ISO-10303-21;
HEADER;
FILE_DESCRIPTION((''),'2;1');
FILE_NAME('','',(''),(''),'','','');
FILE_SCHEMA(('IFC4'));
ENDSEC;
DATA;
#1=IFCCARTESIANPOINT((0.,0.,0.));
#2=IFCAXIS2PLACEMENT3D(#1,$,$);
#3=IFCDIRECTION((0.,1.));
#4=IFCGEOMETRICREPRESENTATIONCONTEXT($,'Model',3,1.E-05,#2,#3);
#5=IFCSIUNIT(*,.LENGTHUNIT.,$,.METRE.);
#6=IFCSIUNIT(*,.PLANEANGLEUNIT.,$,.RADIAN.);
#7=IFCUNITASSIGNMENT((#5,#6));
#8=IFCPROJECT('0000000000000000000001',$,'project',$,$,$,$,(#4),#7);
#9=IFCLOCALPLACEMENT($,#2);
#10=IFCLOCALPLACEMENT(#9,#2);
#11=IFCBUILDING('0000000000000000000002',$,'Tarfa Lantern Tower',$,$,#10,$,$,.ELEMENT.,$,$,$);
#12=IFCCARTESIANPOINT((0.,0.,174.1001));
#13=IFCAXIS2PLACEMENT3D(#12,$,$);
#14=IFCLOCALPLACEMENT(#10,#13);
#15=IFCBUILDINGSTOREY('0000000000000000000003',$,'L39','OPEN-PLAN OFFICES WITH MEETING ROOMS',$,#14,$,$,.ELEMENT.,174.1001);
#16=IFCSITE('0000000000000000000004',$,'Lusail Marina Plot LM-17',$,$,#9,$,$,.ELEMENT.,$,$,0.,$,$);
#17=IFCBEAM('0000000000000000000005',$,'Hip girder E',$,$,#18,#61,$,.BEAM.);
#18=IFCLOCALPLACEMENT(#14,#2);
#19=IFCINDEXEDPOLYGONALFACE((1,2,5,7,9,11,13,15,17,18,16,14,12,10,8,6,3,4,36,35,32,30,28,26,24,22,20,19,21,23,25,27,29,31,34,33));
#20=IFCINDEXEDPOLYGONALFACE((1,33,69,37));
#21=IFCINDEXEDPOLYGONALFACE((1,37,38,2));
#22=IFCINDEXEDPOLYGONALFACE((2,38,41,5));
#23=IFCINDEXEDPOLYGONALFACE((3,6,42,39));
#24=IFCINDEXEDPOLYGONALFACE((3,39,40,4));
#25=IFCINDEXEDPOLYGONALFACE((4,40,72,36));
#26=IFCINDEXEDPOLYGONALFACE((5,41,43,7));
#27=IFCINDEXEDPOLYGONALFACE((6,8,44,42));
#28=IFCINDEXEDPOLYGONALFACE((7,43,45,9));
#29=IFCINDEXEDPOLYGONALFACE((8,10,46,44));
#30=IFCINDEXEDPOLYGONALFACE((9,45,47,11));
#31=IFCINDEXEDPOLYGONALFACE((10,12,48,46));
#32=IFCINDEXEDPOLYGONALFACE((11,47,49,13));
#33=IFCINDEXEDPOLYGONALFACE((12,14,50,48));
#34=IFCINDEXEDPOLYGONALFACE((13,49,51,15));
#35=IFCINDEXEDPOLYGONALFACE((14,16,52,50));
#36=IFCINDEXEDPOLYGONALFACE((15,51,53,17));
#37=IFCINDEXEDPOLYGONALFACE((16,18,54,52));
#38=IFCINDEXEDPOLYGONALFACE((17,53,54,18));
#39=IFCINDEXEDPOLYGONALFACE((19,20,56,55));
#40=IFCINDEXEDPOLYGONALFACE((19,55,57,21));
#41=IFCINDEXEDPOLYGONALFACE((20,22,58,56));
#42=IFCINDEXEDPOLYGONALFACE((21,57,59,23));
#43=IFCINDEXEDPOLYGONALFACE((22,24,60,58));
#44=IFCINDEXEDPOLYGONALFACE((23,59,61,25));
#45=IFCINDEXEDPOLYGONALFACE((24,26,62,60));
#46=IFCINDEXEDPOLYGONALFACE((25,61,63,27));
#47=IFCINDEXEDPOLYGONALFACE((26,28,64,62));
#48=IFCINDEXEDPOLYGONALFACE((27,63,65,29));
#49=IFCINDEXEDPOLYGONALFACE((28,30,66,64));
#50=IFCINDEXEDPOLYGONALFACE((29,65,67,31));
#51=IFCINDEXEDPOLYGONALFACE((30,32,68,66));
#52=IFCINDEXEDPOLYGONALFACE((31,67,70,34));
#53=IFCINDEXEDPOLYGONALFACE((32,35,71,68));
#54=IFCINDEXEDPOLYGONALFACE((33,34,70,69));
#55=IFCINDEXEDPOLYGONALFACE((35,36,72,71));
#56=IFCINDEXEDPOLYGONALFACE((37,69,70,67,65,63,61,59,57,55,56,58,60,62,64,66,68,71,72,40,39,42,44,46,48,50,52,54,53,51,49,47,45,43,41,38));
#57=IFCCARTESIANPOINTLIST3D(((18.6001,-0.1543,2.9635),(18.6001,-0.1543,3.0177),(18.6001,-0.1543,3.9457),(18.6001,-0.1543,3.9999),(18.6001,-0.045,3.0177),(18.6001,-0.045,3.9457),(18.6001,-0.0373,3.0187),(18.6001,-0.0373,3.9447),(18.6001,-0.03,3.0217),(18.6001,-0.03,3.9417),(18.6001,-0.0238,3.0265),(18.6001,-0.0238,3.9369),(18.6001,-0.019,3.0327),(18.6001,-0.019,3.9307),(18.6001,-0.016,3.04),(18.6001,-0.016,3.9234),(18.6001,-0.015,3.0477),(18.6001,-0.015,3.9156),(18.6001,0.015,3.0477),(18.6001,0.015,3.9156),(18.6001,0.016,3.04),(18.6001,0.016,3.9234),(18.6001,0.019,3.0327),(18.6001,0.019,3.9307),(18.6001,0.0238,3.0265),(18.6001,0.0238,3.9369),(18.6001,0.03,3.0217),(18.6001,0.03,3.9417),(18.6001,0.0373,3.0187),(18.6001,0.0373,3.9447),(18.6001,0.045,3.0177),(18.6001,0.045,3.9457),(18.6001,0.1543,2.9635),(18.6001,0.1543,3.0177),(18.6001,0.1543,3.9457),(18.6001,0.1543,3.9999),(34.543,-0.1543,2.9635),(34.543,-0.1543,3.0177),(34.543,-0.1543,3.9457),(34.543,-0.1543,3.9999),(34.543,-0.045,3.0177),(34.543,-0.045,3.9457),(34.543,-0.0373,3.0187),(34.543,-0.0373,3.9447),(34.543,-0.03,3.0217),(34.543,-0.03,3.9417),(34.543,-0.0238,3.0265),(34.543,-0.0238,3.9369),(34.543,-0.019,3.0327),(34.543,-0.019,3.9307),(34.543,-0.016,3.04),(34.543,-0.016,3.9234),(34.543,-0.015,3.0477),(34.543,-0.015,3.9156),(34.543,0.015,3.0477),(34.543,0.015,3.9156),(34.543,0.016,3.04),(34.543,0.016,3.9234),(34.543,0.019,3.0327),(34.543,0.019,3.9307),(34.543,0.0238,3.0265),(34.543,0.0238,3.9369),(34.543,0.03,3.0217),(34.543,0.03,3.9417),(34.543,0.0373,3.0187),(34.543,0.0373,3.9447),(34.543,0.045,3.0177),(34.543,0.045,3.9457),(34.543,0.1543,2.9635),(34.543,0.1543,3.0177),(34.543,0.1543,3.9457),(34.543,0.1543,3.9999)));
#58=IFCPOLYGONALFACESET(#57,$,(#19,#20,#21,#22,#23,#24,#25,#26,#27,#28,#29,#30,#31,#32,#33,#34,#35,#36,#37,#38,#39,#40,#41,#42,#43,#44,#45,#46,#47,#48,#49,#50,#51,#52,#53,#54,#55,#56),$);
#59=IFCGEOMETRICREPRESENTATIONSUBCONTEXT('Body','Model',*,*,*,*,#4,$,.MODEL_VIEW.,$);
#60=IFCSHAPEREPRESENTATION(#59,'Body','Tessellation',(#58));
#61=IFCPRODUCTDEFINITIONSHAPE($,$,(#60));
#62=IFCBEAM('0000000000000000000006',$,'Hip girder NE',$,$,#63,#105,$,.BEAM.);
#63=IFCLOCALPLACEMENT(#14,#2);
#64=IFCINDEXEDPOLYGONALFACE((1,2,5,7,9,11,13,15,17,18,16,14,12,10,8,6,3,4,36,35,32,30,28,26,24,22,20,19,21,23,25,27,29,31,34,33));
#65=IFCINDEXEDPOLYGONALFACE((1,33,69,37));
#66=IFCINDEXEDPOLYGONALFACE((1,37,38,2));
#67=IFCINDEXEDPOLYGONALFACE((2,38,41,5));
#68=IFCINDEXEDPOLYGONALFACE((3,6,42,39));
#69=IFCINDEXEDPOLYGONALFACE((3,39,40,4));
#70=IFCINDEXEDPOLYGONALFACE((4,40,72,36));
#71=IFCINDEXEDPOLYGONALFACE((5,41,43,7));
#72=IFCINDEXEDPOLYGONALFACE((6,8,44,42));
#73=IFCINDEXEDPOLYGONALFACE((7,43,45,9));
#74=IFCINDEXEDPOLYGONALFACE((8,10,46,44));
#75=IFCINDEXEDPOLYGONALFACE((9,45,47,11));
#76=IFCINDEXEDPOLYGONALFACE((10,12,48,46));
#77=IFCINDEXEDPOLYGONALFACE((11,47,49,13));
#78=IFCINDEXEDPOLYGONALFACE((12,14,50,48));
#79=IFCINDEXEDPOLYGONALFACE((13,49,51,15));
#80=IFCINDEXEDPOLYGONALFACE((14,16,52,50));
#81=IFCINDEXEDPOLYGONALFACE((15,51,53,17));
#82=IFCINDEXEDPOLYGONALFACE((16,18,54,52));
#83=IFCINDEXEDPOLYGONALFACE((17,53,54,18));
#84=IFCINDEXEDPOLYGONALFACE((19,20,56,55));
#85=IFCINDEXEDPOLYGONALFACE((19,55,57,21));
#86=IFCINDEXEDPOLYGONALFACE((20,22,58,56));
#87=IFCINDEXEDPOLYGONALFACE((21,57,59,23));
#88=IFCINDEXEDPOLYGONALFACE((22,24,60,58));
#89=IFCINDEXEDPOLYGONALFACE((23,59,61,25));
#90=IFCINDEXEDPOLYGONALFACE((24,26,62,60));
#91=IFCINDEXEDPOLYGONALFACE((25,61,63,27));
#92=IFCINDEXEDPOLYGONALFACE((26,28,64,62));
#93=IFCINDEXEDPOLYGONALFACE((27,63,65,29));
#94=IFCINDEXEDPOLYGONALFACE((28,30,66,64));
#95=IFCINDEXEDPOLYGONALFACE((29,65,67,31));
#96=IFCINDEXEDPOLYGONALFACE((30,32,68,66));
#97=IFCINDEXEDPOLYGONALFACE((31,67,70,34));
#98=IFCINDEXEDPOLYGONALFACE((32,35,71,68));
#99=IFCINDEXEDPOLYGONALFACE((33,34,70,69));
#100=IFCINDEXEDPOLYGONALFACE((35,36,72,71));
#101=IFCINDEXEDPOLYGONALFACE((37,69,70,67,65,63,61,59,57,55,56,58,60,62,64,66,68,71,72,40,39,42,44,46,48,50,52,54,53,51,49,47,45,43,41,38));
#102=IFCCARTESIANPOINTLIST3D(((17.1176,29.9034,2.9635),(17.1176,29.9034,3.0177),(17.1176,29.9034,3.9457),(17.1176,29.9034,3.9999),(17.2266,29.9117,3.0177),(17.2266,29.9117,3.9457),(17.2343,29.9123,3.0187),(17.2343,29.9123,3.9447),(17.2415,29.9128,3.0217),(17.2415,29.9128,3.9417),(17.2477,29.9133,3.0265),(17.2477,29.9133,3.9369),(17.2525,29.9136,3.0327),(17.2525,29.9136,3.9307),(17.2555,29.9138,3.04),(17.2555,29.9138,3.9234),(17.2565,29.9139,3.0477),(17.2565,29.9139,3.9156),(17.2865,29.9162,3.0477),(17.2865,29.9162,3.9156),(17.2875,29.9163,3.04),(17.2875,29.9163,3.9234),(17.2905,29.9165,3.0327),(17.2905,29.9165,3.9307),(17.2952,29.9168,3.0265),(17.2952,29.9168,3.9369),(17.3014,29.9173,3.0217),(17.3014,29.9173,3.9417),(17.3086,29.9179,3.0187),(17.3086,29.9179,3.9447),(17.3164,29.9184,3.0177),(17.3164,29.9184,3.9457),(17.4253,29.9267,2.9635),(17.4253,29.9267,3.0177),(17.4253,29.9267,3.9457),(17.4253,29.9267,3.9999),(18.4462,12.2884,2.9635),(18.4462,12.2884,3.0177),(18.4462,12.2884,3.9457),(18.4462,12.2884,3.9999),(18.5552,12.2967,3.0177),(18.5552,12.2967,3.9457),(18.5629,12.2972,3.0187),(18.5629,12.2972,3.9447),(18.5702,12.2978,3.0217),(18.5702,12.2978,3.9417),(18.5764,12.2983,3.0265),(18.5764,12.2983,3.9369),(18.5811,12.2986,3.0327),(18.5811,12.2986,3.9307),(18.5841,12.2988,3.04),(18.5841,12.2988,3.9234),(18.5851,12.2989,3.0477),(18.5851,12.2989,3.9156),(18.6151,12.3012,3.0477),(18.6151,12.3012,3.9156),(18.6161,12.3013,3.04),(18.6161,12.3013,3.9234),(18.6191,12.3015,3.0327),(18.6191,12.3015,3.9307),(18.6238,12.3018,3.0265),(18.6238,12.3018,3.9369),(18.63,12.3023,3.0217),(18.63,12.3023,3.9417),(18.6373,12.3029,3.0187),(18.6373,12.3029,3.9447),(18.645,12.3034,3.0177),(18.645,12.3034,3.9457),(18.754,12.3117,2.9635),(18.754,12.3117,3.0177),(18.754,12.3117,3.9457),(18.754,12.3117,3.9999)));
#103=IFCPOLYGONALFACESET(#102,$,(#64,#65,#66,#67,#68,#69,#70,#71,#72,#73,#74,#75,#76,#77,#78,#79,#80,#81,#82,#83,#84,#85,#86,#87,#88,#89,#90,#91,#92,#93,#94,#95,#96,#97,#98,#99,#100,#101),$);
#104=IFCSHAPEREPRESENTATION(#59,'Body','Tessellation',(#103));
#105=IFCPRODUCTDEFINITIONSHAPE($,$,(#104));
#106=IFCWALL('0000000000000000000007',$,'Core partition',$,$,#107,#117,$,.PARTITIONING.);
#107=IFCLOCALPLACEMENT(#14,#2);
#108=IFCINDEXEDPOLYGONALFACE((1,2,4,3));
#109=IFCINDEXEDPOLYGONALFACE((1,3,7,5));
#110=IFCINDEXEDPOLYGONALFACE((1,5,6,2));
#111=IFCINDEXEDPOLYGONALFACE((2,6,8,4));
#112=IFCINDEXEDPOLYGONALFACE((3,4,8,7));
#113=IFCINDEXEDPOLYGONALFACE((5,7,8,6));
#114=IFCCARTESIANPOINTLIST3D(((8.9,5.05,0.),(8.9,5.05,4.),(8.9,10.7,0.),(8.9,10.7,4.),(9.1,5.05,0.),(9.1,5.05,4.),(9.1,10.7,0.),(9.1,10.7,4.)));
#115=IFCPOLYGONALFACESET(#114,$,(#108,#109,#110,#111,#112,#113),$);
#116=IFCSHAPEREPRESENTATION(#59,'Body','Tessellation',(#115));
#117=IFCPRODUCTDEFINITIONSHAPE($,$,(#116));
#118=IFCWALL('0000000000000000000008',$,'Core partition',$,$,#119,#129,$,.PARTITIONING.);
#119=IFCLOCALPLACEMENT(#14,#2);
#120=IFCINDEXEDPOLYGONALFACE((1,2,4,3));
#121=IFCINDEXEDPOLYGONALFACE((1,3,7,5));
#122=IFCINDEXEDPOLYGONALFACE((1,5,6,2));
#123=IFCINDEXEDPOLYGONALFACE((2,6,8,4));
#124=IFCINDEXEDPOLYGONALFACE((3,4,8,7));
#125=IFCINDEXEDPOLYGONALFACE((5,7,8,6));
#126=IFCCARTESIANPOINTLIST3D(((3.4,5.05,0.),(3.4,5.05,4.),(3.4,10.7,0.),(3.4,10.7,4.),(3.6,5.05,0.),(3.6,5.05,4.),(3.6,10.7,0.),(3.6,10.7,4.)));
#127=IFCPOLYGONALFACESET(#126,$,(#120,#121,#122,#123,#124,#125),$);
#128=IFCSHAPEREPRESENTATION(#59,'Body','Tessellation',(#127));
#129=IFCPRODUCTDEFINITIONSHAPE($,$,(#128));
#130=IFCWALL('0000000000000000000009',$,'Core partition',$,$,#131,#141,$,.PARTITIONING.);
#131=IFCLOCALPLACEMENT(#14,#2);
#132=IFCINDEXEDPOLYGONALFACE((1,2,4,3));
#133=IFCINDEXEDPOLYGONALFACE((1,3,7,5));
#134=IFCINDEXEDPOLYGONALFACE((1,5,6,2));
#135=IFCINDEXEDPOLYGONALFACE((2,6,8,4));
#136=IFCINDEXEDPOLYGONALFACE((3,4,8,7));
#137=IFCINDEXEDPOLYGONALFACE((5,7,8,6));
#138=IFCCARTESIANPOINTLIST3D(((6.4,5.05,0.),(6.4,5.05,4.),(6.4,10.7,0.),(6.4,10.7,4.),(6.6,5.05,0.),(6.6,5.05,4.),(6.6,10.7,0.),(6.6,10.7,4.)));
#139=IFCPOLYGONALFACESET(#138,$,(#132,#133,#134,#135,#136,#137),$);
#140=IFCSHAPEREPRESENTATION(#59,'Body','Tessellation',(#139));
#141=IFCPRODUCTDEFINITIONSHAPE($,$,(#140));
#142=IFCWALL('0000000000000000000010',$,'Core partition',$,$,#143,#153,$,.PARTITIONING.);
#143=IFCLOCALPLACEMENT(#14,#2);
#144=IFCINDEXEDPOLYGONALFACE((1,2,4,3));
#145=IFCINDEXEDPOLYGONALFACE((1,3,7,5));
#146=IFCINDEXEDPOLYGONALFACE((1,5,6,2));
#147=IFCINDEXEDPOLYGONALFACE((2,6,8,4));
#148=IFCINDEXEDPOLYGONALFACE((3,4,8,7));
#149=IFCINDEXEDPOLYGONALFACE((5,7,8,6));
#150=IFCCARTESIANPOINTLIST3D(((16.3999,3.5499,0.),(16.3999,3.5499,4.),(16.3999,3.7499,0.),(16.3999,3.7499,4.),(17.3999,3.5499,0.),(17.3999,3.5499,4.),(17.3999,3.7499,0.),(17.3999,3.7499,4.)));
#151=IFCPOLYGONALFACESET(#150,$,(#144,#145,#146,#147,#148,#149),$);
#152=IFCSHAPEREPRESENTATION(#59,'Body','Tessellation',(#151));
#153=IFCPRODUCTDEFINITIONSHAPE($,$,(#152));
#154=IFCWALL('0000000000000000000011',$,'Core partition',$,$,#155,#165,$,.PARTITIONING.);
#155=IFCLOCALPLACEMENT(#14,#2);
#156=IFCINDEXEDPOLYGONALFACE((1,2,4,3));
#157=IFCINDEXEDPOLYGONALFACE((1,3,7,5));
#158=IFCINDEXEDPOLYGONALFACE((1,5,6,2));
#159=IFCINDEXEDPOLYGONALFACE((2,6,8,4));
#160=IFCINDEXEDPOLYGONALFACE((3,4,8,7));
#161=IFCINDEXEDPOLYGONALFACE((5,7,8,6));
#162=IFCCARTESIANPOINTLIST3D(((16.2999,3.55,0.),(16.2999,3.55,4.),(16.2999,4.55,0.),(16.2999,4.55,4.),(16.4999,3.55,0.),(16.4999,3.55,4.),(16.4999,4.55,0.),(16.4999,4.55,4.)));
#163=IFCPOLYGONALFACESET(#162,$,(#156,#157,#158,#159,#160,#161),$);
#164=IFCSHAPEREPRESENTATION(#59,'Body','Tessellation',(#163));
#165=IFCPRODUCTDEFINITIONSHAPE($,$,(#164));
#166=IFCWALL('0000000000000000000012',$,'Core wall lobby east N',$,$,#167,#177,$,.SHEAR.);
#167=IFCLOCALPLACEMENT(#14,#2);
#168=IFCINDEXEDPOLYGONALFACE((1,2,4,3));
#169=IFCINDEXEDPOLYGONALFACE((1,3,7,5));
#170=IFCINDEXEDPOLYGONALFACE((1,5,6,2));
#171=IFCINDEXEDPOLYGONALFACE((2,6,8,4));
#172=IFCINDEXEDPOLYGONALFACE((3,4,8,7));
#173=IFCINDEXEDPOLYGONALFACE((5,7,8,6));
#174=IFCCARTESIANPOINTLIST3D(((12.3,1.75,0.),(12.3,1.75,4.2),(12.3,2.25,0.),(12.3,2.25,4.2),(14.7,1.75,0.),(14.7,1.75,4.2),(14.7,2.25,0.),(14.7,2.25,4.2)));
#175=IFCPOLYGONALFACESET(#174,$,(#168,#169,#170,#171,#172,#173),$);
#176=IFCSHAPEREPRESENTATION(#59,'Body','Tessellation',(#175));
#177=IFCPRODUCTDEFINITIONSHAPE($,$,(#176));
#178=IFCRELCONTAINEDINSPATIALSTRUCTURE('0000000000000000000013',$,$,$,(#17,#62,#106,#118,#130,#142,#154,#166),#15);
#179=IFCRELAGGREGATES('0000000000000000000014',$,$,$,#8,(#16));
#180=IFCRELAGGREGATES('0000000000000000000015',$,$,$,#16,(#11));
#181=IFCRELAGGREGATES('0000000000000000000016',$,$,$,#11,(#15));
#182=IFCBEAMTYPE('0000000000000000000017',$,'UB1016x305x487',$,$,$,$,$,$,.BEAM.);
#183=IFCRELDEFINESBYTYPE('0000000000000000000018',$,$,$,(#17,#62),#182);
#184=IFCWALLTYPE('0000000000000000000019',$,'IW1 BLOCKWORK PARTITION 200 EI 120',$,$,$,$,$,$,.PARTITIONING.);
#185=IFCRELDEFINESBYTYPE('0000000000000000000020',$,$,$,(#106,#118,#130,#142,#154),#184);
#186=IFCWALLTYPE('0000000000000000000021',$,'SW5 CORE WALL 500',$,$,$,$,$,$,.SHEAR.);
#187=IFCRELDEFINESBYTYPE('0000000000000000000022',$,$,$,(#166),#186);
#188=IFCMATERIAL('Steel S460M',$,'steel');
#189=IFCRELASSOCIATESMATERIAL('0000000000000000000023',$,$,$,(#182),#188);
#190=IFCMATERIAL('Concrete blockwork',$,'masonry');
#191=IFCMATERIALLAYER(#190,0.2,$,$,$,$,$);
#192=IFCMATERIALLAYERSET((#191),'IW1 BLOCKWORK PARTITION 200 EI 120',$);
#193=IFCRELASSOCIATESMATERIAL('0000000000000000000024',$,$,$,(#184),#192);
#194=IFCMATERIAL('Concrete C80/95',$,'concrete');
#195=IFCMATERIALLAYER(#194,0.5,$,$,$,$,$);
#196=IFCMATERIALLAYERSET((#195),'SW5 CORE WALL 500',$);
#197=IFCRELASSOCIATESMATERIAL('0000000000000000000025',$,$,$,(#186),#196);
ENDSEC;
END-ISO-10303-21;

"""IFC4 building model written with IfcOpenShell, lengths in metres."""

from ifc_helpers import new_model, si_unit, direction, frame, frame_2d, origin, origin_2d, place, context, subcontext, project, spatial, rectangle, i_section, extrude, material, layer, layer_set, material_profile, profile_set, type_object, element, save


model = new_model("IFC4")

# Units and contexts
model_context = context("Model", 3, precision=1e-05, world=origin(), true_north=direction((0.0, 1.0)))
body_context = subcontext(model_context, "Body", "Model", "MODEL_VIEW")
ifc_project = project(units=[si_unit("LENGTHUNIT", "METRE"), si_unit("PLANEANGLEUNIT", "RADIAN")], contexts=[model_context])

# Site, building, storey
site_placement = place(None, origin())
site = spatial("IfcSite", under=ifc_project, at=site_placement, Name="Lusail Marina Plot LM-17", CompositionType="ELEMENT", RefElevation=0.0)
building_placement = place(site_placement, origin())
building = spatial("IfcBuilding", under=site, at=building_placement, Name="Tarfa Lantern Tower", CompositionType="ELEMENT")
storey_placement = place(building_placement, frame((0.0, 0.0, 174.1001)))
storey = spatial("IfcBuildingStorey", under=building, at=storey_placement, Name="L39", Description="OPEN-PLAN OFFICES WITH MEETING ROOMS", CompositionType="ELEMENT", Elevation=174.1001)

# Beams
ifc_material_1 = material(Name="Steel S460M", Category="steel")
ifc_material_profile = material_profile(ifc_material_1, i_section(OverallWidth=0.3086, OverallDepth=1.0364, WebThickness=0.03, FlangeThickness=0.0542, FilletRadius=0.03, at=origin_2d()), Name="UB1016x305x487")
ifc_profile_set = profile_set([ifc_material_profile], Name="Steel S460M")
beam_type = type_object("IfcBeamType", Name="UB1016x305x487", PredefinedType="BEAM", material=ifc_profile_set)
beam_1_placement = place(storey_placement, frame((18.6001, 0.0, 3.4817), z_axis=(1.0, 0.0, 0.0), x_axis=(0.0, 1.0, 0.0)))
element("IfcBeam", 1, at=beam_1_placement, inside=storey, type_object=beam_type, Name="Hip girder E", PredefinedType="BEAM", context=body_context, shape_type="SweptSolid", body=[
    extrude(i_section(OverallWidth=0.3086, OverallDepth=1.0364, WebThickness=0.03, FlangeThickness=0.0542, FilletRadius=0.03, at=origin_2d()), origin(), (0.0, 0.0, 1.0), 15.9429),
])
beam_2_placement = place(storey_placement, frame((18.6001, 12.3, 3.4817), z_axis=(-0.075212, 0.997168, 0.0), x_axis=(-0.997168, -0.075212, 0.0)))
element("IfcBeam", 2, at=beam_2_placement, inside=storey, type_object=beam_type, Name="Hip girder NE", PredefinedType="BEAM", context=body_context, shape_type="SweptSolid", body=[
    extrude(i_section(OverallWidth=0.3086, OverallDepth=1.0364, WebThickness=0.03, FlangeThickness=0.0542, FilletRadius=0.03, at=origin_2d()), origin(), (0.0, 0.0, 1.0), 17.665),
])

# Walls
ifc_material_2 = material(Name="Concrete blockwork", Category="masonry")
ifc_layer_1 = layer(ifc_material_2, 0.2)
ifc_layer_set_1 = layer_set([ifc_layer_1], Name="IW1 BLOCKWORK PARTITION 200 EI 120")
wall_type_1 = type_object("IfcWallType", Name="IW1 BLOCKWORK PARTITION 200 EI 120", PredefinedType="PARTITIONING", material=ifc_layer_set_1)
for number, where, z_axis, x_axis, name in (
    (3, (9.0, 5.05, 0.0), (0.0, 0.0, 1.0), (0.0, 1.0, 0.0), "Core partition"),
    (4, (3.5, 5.05, 0.0), (0.0, 0.0, 1.0), (0.0, 1.0, 0.0), "Core partition"),
    (5, (6.5, 5.05, 0.0), (0.0, 0.0, 1.0), (0.0, 1.0, 0.0), "Core partition"),
):
    element("IfcWall", number, at=place(storey_placement, frame(where, z_axis=z_axis, x_axis=x_axis)), inside=storey, type_object=wall_type_1, Name=name, PredefinedType="PARTITIONING", context=body_context, shape_type="SweptSolid", body=[
        extrude(rectangle(XDim=5.6499, YDim=0.2, at=frame_2d((2.825, 0.0))), origin(), (0.0, 0.0, 1.0), 4.0),
    ])
for number, where, z_axis, x_axis, name in (
    (6, (16.3999, 3.6499, 0.0), (0.0, 0.0, 1.0), (1.0, 0.0, 0.0), "Core partition"),
    (7, (16.3999, 3.55, 0.0), (0.0, 0.0, 1.0), (0.0, 1.0, 0.0), "Core partition"),
):
    element("IfcWall", number, at=place(storey_placement, frame(where, z_axis=z_axis, x_axis=x_axis)), inside=storey, type_object=wall_type_1, Name=name, PredefinedType="PARTITIONING", context=body_context, shape_type="SweptSolid", body=[
        extrude(rectangle(XDim=1.0, YDim=0.2, at=frame_2d((0.5, 0.0))), origin(), (0.0, 0.0, 1.0), 4.0),
    ])
ifc_material_3 = material(Name="Concrete C80/95", Category="concrete")
ifc_layer_2 = layer(ifc_material_3, 0.5)
ifc_layer_set_2 = layer_set([ifc_layer_2], Name="SW5 CORE WALL 500")
wall_type_2 = type_object("IfcWallType", Name="SW5 CORE WALL 500", PredefinedType="SHEAR", material=ifc_layer_set_2)
wall_1_placement = place(storey_placement, frame((12.3, 2.0, 0.0), z_axis=(0.0, 0.0, 1.0), x_axis=(1.0, 0.0, 0.0)))
element("IfcWall", 8, at=wall_1_placement, inside=storey, type_object=wall_type_2, Name="Core wall lobby east N", PredefinedType="SHEAR", context=body_context, shape_type="SweptSolid", body=[
    extrude(rectangle(XDim=2.3999, YDim=0.5, at=frame_2d((1.2, 0.0))), origin(), (0.0, 0.0, 1.0), 4.2),
])

save(model, "model.ifc")
